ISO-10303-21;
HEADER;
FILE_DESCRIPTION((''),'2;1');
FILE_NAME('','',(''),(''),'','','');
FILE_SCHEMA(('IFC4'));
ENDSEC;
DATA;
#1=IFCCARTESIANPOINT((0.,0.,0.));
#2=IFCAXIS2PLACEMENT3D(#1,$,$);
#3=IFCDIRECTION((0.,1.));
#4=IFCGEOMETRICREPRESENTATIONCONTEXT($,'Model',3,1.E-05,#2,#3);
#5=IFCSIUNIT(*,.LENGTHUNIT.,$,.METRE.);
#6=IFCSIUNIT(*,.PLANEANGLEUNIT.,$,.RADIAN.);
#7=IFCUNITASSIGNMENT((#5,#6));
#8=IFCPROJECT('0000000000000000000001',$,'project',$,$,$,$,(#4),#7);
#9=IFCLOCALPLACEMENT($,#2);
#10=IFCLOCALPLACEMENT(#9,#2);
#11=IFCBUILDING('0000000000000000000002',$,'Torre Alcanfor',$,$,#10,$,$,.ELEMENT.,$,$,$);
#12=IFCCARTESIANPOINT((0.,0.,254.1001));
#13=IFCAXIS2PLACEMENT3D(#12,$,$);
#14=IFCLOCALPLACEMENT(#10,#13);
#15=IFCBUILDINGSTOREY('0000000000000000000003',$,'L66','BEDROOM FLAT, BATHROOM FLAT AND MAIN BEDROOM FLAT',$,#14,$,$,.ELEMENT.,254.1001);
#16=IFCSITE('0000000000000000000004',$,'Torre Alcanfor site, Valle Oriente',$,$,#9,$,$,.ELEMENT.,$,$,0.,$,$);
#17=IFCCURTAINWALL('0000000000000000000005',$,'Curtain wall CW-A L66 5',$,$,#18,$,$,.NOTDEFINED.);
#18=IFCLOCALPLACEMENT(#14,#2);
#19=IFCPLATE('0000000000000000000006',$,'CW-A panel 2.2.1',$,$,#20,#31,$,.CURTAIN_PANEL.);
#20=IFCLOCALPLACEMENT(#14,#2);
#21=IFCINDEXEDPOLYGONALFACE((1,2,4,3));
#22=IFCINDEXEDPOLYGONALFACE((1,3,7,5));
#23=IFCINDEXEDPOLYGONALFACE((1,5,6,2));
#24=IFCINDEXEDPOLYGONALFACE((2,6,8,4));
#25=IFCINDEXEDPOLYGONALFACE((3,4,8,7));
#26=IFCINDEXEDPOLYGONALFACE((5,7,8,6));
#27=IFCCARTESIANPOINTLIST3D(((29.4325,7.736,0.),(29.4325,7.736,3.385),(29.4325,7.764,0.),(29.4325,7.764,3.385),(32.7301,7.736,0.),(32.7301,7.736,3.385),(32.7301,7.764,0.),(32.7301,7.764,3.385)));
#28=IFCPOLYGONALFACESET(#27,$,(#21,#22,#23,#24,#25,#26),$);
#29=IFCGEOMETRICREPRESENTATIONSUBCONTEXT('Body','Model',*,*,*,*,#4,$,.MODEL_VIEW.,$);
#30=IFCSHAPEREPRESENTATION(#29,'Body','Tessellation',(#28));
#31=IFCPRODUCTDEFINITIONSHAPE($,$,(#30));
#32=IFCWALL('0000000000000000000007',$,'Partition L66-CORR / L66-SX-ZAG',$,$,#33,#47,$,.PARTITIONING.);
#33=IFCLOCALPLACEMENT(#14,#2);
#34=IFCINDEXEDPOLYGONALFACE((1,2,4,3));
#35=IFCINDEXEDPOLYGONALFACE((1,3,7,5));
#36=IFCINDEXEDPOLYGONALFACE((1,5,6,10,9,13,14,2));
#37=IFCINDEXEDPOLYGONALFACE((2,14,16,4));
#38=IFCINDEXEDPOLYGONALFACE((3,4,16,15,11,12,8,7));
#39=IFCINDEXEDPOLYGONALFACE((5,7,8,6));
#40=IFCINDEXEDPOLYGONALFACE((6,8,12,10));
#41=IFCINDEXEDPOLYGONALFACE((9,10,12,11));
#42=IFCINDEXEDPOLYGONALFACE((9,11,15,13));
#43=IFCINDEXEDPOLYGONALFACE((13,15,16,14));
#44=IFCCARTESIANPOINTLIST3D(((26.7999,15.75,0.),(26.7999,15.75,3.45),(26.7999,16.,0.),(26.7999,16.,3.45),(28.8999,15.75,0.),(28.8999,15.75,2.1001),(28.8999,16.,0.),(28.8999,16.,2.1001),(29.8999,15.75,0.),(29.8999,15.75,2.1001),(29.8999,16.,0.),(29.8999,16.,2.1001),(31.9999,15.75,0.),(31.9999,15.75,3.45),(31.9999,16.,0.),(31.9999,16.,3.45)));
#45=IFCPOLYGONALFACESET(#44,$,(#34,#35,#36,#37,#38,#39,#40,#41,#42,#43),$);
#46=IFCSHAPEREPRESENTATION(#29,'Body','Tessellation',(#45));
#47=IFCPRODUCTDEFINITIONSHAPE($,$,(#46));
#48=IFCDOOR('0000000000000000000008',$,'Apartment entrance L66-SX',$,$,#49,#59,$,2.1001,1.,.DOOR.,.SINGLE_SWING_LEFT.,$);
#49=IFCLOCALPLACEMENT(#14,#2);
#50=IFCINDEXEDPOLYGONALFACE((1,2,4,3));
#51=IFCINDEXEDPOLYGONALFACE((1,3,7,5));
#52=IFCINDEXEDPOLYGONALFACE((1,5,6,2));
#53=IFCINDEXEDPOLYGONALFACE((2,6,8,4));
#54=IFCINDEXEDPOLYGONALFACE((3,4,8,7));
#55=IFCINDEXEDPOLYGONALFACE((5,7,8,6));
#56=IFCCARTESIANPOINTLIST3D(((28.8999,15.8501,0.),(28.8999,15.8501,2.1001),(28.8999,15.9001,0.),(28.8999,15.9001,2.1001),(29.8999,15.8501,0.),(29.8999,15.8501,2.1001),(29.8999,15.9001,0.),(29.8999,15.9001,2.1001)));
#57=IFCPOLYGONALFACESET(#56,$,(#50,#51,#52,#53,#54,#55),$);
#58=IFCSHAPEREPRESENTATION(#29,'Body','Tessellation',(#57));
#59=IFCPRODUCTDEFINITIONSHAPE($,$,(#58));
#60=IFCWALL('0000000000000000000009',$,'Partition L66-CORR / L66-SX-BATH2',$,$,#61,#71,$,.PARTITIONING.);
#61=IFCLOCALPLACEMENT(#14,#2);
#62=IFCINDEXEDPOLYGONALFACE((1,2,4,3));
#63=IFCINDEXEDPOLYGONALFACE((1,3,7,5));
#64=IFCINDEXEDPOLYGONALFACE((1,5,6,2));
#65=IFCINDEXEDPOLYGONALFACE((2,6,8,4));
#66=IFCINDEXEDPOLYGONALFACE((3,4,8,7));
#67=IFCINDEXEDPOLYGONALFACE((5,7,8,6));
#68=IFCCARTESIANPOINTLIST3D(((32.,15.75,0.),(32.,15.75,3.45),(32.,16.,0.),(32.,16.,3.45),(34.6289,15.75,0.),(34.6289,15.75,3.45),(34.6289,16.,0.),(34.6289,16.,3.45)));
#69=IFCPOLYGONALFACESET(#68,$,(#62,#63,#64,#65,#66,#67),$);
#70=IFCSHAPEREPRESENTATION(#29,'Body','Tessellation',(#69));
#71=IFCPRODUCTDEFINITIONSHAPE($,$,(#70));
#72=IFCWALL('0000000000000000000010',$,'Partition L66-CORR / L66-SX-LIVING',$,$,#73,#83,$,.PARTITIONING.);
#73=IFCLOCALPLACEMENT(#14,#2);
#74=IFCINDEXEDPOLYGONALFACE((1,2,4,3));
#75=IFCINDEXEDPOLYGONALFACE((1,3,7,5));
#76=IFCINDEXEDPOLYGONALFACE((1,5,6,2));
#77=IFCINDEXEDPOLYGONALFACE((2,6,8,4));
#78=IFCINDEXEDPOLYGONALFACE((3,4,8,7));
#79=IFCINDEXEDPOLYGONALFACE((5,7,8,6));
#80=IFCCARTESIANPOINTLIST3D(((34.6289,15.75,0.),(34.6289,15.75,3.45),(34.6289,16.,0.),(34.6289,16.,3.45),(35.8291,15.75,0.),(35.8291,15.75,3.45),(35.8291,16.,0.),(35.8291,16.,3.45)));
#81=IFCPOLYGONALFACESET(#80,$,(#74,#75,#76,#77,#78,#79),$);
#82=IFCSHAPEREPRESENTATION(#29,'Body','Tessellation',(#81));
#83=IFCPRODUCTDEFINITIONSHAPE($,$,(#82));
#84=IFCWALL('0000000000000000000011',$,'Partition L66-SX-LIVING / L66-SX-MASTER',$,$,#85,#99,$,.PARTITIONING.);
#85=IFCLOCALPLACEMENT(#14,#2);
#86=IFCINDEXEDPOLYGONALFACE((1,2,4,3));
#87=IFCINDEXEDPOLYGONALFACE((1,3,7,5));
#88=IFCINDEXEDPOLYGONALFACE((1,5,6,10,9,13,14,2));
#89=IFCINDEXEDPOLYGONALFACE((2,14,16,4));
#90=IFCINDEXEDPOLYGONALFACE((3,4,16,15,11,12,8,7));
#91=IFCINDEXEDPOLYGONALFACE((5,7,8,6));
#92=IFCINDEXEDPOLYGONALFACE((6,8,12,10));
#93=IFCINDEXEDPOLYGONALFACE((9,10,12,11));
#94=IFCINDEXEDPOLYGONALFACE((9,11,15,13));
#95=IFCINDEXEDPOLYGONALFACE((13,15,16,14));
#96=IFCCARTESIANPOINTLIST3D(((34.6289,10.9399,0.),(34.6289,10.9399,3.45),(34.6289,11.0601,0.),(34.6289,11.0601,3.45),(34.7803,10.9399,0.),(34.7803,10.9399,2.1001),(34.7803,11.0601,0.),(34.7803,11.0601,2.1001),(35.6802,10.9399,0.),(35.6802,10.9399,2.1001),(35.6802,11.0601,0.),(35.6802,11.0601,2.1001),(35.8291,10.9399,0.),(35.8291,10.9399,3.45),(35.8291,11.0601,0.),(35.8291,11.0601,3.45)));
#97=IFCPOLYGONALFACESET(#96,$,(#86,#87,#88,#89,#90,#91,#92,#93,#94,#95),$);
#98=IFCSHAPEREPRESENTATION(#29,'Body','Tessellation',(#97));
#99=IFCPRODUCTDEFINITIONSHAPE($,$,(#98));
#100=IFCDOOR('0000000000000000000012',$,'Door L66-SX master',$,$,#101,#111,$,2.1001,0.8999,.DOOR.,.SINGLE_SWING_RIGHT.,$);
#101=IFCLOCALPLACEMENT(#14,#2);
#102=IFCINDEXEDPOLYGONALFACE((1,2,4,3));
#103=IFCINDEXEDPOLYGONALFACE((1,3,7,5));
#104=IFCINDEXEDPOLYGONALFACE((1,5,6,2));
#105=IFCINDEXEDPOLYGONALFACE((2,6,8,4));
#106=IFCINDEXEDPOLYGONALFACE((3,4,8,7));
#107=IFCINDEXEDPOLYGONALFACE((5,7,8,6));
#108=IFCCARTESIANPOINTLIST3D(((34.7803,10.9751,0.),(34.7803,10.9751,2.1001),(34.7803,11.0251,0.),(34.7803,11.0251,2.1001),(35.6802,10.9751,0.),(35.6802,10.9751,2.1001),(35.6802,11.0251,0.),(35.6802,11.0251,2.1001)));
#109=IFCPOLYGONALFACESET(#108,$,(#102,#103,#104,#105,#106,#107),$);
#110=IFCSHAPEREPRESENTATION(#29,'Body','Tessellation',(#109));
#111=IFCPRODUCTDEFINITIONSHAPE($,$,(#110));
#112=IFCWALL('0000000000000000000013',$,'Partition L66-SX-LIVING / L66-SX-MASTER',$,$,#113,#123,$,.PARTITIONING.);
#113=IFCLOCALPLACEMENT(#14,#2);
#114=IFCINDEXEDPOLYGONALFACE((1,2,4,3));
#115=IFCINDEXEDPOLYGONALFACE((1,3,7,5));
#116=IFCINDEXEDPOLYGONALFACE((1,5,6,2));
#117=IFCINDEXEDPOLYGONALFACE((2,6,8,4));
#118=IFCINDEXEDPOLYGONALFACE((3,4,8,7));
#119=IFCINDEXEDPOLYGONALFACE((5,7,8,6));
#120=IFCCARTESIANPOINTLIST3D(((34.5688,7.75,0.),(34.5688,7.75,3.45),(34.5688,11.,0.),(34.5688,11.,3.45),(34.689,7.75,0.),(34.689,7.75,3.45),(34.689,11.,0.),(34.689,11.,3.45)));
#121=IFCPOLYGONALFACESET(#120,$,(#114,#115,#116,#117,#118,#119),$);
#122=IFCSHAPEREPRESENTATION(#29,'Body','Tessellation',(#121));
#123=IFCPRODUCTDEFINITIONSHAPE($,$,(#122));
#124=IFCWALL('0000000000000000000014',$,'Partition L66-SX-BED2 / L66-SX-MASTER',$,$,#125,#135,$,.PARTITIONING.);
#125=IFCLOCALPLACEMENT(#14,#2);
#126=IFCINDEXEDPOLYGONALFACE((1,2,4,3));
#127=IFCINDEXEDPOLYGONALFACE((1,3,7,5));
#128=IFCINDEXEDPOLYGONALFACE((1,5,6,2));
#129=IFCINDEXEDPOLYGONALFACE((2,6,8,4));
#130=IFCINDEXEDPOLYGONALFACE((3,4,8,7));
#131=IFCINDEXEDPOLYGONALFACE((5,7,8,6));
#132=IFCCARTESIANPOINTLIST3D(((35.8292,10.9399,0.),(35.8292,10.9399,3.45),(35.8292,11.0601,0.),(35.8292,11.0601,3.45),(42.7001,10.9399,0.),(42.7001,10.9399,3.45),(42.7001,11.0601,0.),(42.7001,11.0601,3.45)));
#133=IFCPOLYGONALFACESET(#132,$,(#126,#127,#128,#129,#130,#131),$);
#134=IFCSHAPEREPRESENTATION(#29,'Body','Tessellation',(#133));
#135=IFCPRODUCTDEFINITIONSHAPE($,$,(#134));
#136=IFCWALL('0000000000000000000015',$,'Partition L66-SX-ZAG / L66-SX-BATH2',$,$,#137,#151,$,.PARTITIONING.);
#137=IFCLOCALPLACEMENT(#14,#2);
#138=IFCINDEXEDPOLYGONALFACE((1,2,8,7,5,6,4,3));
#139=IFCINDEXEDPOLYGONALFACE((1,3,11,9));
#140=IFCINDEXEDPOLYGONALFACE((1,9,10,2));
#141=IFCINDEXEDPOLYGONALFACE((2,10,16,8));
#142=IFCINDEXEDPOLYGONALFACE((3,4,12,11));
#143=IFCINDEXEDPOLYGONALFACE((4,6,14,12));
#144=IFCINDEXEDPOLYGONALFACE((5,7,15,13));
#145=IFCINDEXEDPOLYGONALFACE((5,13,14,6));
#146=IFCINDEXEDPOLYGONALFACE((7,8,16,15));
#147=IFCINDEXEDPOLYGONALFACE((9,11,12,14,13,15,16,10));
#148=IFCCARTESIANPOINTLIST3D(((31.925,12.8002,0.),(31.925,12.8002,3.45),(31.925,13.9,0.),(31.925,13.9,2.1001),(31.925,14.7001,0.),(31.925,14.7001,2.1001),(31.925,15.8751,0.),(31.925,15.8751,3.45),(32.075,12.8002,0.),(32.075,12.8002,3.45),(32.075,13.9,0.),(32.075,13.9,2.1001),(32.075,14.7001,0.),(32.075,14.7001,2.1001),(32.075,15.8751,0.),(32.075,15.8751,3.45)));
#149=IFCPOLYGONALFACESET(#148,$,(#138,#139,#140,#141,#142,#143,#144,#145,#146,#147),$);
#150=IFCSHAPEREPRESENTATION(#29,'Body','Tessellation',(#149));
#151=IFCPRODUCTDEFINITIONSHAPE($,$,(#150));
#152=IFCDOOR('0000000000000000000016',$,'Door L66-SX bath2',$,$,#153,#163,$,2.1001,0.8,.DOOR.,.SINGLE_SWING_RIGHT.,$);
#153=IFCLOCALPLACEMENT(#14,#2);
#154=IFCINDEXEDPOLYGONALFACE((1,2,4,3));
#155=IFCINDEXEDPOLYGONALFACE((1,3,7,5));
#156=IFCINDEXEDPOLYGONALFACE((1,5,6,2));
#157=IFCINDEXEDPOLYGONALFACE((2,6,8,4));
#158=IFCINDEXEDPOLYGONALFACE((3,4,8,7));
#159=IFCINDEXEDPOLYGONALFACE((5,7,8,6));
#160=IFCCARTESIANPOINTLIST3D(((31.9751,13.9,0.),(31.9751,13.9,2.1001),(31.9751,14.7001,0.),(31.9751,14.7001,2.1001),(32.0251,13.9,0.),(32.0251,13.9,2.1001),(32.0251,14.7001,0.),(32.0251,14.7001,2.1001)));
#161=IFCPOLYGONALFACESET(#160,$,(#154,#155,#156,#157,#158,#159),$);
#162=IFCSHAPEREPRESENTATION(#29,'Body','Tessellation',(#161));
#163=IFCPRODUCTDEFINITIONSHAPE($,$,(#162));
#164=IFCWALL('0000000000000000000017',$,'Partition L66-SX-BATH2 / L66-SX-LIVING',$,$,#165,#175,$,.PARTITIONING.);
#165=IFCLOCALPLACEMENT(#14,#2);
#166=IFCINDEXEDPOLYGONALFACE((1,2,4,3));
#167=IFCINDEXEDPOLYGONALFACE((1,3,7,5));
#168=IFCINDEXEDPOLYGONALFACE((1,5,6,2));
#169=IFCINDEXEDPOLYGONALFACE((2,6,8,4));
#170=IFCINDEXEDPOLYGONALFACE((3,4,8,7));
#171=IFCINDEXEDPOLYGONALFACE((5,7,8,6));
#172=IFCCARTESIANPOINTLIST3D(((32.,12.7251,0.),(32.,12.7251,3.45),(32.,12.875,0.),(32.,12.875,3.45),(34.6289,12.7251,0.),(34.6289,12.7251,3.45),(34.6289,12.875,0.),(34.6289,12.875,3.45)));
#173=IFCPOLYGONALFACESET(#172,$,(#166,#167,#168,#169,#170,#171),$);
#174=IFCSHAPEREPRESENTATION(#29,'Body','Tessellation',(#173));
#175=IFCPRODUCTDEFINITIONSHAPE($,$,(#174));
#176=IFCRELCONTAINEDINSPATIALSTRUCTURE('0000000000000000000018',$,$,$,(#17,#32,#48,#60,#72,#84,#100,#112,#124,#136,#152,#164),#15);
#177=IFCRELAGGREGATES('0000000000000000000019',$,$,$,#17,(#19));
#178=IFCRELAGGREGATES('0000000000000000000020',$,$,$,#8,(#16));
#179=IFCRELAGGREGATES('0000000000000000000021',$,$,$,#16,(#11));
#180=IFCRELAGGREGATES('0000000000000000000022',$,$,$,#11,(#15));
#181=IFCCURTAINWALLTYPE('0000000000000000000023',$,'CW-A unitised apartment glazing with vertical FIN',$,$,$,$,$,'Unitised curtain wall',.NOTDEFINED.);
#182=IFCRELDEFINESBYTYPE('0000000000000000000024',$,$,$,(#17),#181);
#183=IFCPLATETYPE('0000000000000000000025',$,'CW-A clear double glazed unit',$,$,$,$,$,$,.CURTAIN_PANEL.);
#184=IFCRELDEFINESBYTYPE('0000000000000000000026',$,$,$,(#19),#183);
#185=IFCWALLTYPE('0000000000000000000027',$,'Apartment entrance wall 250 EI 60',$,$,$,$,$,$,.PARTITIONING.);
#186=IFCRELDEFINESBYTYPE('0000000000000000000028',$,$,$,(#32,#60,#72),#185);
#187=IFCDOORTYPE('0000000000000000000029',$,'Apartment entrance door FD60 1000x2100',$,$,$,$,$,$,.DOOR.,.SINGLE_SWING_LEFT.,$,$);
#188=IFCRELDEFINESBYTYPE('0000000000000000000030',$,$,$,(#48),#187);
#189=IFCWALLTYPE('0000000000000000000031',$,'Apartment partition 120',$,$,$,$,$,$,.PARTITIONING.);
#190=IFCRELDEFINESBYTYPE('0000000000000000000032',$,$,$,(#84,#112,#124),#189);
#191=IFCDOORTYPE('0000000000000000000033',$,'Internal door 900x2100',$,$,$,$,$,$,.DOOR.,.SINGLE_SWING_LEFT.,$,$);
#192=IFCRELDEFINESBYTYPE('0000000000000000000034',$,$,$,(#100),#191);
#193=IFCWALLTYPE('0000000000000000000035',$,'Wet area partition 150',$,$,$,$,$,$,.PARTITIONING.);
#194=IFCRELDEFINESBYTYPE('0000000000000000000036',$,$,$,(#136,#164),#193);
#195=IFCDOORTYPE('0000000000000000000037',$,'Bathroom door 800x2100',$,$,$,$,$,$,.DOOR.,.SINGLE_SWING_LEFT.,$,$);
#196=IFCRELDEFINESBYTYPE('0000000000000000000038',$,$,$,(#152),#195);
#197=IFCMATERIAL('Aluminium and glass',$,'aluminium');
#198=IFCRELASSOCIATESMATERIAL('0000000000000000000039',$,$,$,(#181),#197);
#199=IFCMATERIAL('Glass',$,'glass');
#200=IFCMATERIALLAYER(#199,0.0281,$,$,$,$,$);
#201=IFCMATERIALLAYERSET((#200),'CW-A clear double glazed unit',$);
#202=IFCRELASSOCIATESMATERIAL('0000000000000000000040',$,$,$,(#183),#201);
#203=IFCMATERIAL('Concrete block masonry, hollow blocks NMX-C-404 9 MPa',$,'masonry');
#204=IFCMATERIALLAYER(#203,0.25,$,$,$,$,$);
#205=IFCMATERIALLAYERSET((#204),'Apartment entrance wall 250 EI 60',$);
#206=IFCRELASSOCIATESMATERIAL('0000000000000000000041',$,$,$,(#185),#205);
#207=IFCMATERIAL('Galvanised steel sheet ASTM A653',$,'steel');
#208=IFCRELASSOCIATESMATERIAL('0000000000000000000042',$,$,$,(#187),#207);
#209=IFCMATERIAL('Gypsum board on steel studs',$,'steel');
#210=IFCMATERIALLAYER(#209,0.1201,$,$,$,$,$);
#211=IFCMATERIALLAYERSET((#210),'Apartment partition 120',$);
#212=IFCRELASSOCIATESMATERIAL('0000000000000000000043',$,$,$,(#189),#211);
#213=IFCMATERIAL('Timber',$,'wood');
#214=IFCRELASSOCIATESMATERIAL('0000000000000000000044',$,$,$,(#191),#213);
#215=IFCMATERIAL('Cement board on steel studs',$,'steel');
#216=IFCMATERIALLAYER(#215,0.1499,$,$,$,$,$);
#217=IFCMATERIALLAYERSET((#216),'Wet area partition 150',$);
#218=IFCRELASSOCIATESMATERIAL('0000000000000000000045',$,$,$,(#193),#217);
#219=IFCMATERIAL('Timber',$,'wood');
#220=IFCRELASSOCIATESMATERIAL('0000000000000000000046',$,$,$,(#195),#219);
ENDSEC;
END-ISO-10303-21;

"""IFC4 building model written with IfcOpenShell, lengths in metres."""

from ifc_helpers import new_model, si_unit, direction, frame, frame_2d, origin, origin_2d, place, context, subcontext, project, spatial, rectangle, extrude, material, layer, layer_set, type_object, element, fill, aggregate, save


model = new_model("IFC4")

# Units and contexts
model_context = context("Model", 3, precision=1e-05, world=origin(), true_north=direction((0.0, 1.0)))
body_context = subcontext(model_context, "Body", "Model", "MODEL_VIEW")
ifc_project = project(units=[si_unit("LENGTHUNIT", "METRE"), si_unit("PLANEANGLEUNIT", "RADIAN")], contexts=[model_context])

# Site, building, storey
site_placement = place(None, origin())
site = spatial("IfcSite", under=ifc_project, at=site_placement, Name="Torre Alcanfor site, Valle Oriente", CompositionType="ELEMENT", RefElevation=0.0)
building_placement = place(site_placement, origin())
building = spatial("IfcBuilding", under=site, at=building_placement, Name="Torre Alcanfor", CompositionType="ELEMENT")
storey_placement = place(building_placement, frame((0.0, 0.0, 254.1001)))
storey = spatial("IfcBuildingStorey", under=building, at=storey_placement, Name="L66", Description="BEDROOM FLAT, BATHROOM FLAT AND MAIN BEDROOM FLAT", CompositionType="ELEMENT", Elevation=254.1001)

# Curtain wall
ifc_material_1 = material(Name="Aluminium and glass", Category="aluminium")
curtain_wall_type = type_object("IfcCurtainWallType", Name="CW-A unitised apartment glazing with vertical FIN", ElementType="Unitised curtain wall", PredefinedType="NOTDEFINED", material=ifc_material_1)
curtain_wall_placement = place(storey_placement, origin())
curtain_wall = element("IfcCurtainWall", 1, at=curtain_wall_placement, inside=storey, type_object=curtain_wall_type, Name="Curtain wall CW-A L66 5", PredefinedType="NOTDEFINED")

# Plate
ifc_material_2 = material(Name="Glass", Category="glass")
ifc_layer_1 = layer(ifc_material_2, 0.0281)
ifc_layer_set_1 = layer_set([ifc_layer_1], Name="CW-A clear double glazed unit")
plate_type = type_object("IfcPlateType", Name="CW-A clear double glazed unit", PredefinedType="CURTAIN_PANEL", material=ifc_layer_set_1)
plate_placement = place(storey_placement, frame((31.0813, 7.75, 0.0), z_axis=(0.0, 0.0, 1.0), x_axis=(1.0, 0.0, 0.0)))
plate = element("IfcPlate", 2, at=plate_placement, type_object=plate_type, Name="CW-A panel 2.2.1", PredefinedType="CURTAIN_PANEL", context=body_context, shape_type="SweptSolid", body=[
    extrude(rectangle(XDim=3.2976, YDim=0.0281, at=origin_2d()), origin(), (0.0, 0.0, 1.0), 3.385),
])
aggregate(curtain_wall, [plate])

# Wall, opening, door
ifc_material_3 = material(Name="Concrete block masonry, hollow blocks NMX-C-404 9 MPa", Category="masonry")
ifc_layer_2 = layer(ifc_material_3, 0.25)
ifc_layer_set_2 = layer_set([ifc_layer_2], Name="Apartment entrance wall 250 EI 60")
wall_type_1 = type_object("IfcWallType", Name="Apartment entrance wall 250 EI 60", PredefinedType="PARTITIONING", material=ifc_layer_set_2)
wall_1_placement = place(storey_placement, frame((32.0, 15.875, 0.0), z_axis=(0.0, 0.0, 1.0), x_axis=(-1.0, 0.0, 0.0)))
wall_1 = element("IfcWall", 3, at=wall_1_placement, inside=storey, type_object=wall_type_1, Name="Partition L66-CORR / L66-SX-ZAG", PredefinedType="PARTITIONING", context=body_context, shape_type="SweptSolid", body=[
    extrude(rectangle(XDim=5.2, YDim=0.25, at=frame_2d((2.6001, 0.0))), origin(), (0.0, 0.0, 1.0), 3.45),
])
opening_1_placement = place(wall_1_placement, frame((2.1001, 0.0, 0.0)))
opening_1 = element("IfcOpeningElement", 4, at=opening_1_placement, cuts=wall_1, PredefinedType="OPENING", context=body_context, shape_type="SweptSolid", body=[
    extrude(rectangle(XDim=1.0, YDim=2.1001, at=frame_2d((0.5, 1.05))), frame((0.0, 0.135, 0.0), z_axis=(0.0, -1.0, 0.0), x_axis=(1.0, 0.0, 0.0)), (0.0, 0.0, 1.0), 0.27),
])
ifc_material_4 = material(Name="Galvanised steel sheet ASTM A653", Category="steel")
door_type_1 = type_object("IfcDoorType", Name="Apartment entrance door FD60 1000x2100", OperationType="SINGLE_SWING_LEFT", PredefinedType="DOOR", material=ifc_material_4)
door_1_placement = place(opening_1_placement, origin())
door_1 = element("IfcDoor", 5, at=door_1_placement, inside=storey, type_object=door_type_1, Name="Apartment entrance L66-SX", OperationType="SINGLE_SWING_LEFT", OverallHeight=2.1001, OverallWidth=1.0, PredefinedType="DOOR", context=body_context, shape_type="SweptSolid", body=[
    extrude(rectangle(XDim=1.0, YDim=2.1001, at=frame_2d((0.5, 1.05))), frame((0.0, 0.0249, 0.0), z_axis=(0.0, -1.0, 0.0), x_axis=(1.0, 0.0, 0.0)), (0.0, 0.0, 1.0), 0.05),
])
fill(opening_1, door_1)

# Walls
wall_2_placement = place(storey_placement, frame((34.6289, 15.875, 0.0), z_axis=(0.0, 0.0, 1.0), x_axis=(-1.0, 0.0, 0.0)))
element("IfcWall", 6, at=wall_2_placement, inside=storey, type_object=wall_type_1, Name="Partition L66-CORR / L66-SX-BATH2", PredefinedType="PARTITIONING", context=body_context, shape_type="SweptSolid", body=[
    extrude(rectangle(XDim=2.6289, YDim=0.25, at=frame_2d((1.3145, 0.0))), origin(), (0.0, 0.0, 1.0), 3.45),
])
wall_3_placement = place(storey_placement, frame((35.8291, 15.875, 0.0), z_axis=(0.0, 0.0, 1.0), x_axis=(-1.0, 0.0, 0.0)))
element("IfcWall", 7, at=wall_3_placement, inside=storey, type_object=wall_type_1, Name="Partition L66-CORR / L66-SX-LIVING", PredefinedType="PARTITIONING", context=body_context, shape_type="SweptSolid", body=[
    extrude(rectangle(XDim=1.2002, YDim=0.25, at=frame_2d((0.6001, 0.0))), origin(), (0.0, 0.0, 1.0), 3.45),
])

# Wall, opening, door
ifc_material_5 = material(Name="Gypsum board on steel studs", Category="steel")
ifc_layer_3 = layer(ifc_material_5, 0.1201)
ifc_layer_set_3 = layer_set([ifc_layer_3], Name="Apartment partition 120")
wall_type_2 = type_object("IfcWallType", Name="Apartment partition 120", PredefinedType="PARTITIONING", material=ifc_layer_set_3)
wall_4_placement = place(storey_placement, frame((35.8291, 11.0, 0.0), z_axis=(0.0, 0.0, 1.0), x_axis=(-1.0, 0.0, 0.0)))
wall_4 = element("IfcWall", 8, at=wall_4_placement, inside=storey, type_object=wall_type_2, Name="Partition L66-SX-LIVING / L66-SX-MASTER", PredefinedType="PARTITIONING", context=body_context, shape_type="SweptSolid", body=[
    extrude(rectangle(XDim=1.2002, YDim=0.1201, at=frame_2d((0.6001, 0.0))), origin(), (0.0, 0.0, 1.0), 3.45),
])
opening_2_placement = place(wall_4_placement, frame((0.1489, 0.0, 0.0)))
opening_2 = element("IfcOpeningElement", 9, at=opening_2_placement, cuts=wall_4, PredefinedType="OPENING", context=body_context, shape_type="SweptSolid", body=[
    extrude(rectangle(XDim=0.8999, YDim=2.1001, at=frame_2d((0.45, 1.05))), frame((0.0, 0.0701, 0.0), z_axis=(0.0, -1.0, 0.0), x_axis=(1.0, 0.0, 0.0)), (0.0, 0.0, 1.0), 0.1401),
])
ifc_material_6 = material(Name="Timber", Category="wood")
door_type_2 = type_object("IfcDoorType", Name="Internal door 900x2100", OperationType="SINGLE_SWING_LEFT", PredefinedType="DOOR", material=ifc_material_6)
door_2_placement = place(opening_2_placement, origin())
door_2 = element("IfcDoor", 10, at=door_2_placement, inside=storey, type_object=door_type_2, Name="Door L66-SX master", OperationType="SINGLE_SWING_RIGHT", OverallHeight=2.1001, OverallWidth=0.8999, PredefinedType="DOOR", context=body_context, shape_type="SweptSolid", body=[
    extrude(rectangle(XDim=0.8999, YDim=2.1001, at=frame_2d((0.45, 1.05))), frame((0.0, 0.0249, 0.0), z_axis=(0.0, -1.0, 0.0), x_axis=(1.0, 0.0, 0.0)), (0.0, 0.0, 1.0), 0.05),
])
fill(opening_2, door_2)

# Walls
wall_5_placement = place(storey_placement, frame((34.6289, 11.0, 0.0), z_axis=(0.0, 0.0, 1.0), x_axis=(0.0, -1.0, 0.0)))
element("IfcWall", 11, at=wall_5_placement, inside=storey, type_object=wall_type_2, Name="Partition L66-SX-LIVING / L66-SX-MASTER", PredefinedType="PARTITIONING", context=body_context, shape_type="SweptSolid", body=[
    extrude(rectangle(XDim=3.25, YDim=0.1201, at=frame_2d((1.625, 0.0))), origin(), (0.0, 0.0, 1.0), 3.45),
])
wall_6_placement = place(storey_placement, frame((35.8291, 11.0, 0.0), z_axis=(0.0, 0.0, 1.0), x_axis=(1.0, 0.0, 0.0)))
element("IfcWall", 12, at=wall_6_placement, inside=storey, type_object=wall_type_2, Name="Partition L66-SX-BED2 / L66-SX-MASTER", PredefinedType="PARTITIONING", context=body_context, shape_type="SweptSolid", body=[
    extrude(rectangle(XDim=6.8708, YDim=0.1201, at=frame_2d((3.4355, 0.0))), origin(), (0.0, 0.0, 1.0), 3.45),
])

# Wall, opening, door
ifc_material_7 = material(Name="Cement board on steel studs", Category="steel")
ifc_layer_4 = layer(ifc_material_7, 0.1499)
ifc_layer_set_4 = layer_set([ifc_layer_4], Name="Wet area partition 150")
wall_type_3 = type_object("IfcWallType", Name="Wet area partition 150", PredefinedType="PARTITIONING", material=ifc_layer_set_4)
wall_7_placement = place(storey_placement, frame((32.0, 12.8, 0.0), z_axis=(0.0, 0.0, 1.0), x_axis=(0.0, 1.0, 0.0)))
wall_7 = element("IfcWall", 13, at=wall_7_placement, inside=storey, type_object=wall_type_3, Name="Partition L66-SX-ZAG / L66-SX-BATH2", PredefinedType="PARTITIONING", context=body_context, shape_type="SweptSolid", body=[
    extrude(rectangle(XDim=3.075, YDim=0.1499, at=frame_2d((1.5376, 0.0))), origin(), (0.0, 0.0, 1.0), 3.45),
])
opening_3_placement = place(wall_7_placement, frame((1.1001, 0.0, 0.0)))
opening_3 = element("IfcOpeningElement", 14, at=opening_3_placement, cuts=wall_7, PredefinedType="OPENING", context=body_context, shape_type="SweptSolid", body=[
    extrude(rectangle(XDim=0.8, YDim=2.1001, at=frame_2d((0.3999, 1.05))), frame((0.0, 0.085, 0.0), z_axis=(0.0, -1.0, 0.0), x_axis=(1.0, 0.0, 0.0)), (0.0, 0.0, 1.0), 0.1699),
])
ifc_material_8 = material(Name="Timber", Category="wood")
door_type_3 = type_object("IfcDoorType", Name="Bathroom door 800x2100", OperationType="SINGLE_SWING_LEFT", PredefinedType="DOOR", material=ifc_material_8)
door_3_placement = place(opening_3_placement, frame((0.8, 0.0, 0.0), z_axis=(0.0, 0.0, 1.0), x_axis=(-1.0, 0.0, 0.0)))
door_3 = element("IfcDoor", 15, at=door_3_placement, inside=storey, type_object=door_type_3, Name="Door L66-SX bath2", OperationType="SINGLE_SWING_RIGHT", OverallHeight=2.1001, OverallWidth=0.8, PredefinedType="DOOR", context=body_context, shape_type="SweptSolid", body=[
    extrude(rectangle(XDim=0.8, YDim=2.1001, at=frame_2d((0.4001, 1.05))), frame((0.0, 0.0251, 0.0), z_axis=(0.0, -1.0, 0.0), x_axis=(1.0, 0.0, 0.0)), (0.0, 0.0, 1.0), 0.05),
])
fill(opening_3, door_3)

# Wall
wall_8_placement = place(storey_placement, frame((32.0, 12.8, 0.0), z_axis=(0.0, 0.0, 1.0), x_axis=(1.0, 0.0, 0.0)))
element("IfcWall", 16, at=wall_8_placement, inside=storey, type_object=wall_type_3, Name="Partition L66-SX-BATH2 / L66-SX-LIVING", PredefinedType="PARTITIONING", context=body_context, shape_type="SweptSolid", body=[
    extrude(rectangle(XDim=2.6289, YDim=0.1499, at=frame_2d((1.3145, 0.0))), origin(), (0.0, 0.0, 1.0), 3.45),
])

save(model, "model.ifc")
